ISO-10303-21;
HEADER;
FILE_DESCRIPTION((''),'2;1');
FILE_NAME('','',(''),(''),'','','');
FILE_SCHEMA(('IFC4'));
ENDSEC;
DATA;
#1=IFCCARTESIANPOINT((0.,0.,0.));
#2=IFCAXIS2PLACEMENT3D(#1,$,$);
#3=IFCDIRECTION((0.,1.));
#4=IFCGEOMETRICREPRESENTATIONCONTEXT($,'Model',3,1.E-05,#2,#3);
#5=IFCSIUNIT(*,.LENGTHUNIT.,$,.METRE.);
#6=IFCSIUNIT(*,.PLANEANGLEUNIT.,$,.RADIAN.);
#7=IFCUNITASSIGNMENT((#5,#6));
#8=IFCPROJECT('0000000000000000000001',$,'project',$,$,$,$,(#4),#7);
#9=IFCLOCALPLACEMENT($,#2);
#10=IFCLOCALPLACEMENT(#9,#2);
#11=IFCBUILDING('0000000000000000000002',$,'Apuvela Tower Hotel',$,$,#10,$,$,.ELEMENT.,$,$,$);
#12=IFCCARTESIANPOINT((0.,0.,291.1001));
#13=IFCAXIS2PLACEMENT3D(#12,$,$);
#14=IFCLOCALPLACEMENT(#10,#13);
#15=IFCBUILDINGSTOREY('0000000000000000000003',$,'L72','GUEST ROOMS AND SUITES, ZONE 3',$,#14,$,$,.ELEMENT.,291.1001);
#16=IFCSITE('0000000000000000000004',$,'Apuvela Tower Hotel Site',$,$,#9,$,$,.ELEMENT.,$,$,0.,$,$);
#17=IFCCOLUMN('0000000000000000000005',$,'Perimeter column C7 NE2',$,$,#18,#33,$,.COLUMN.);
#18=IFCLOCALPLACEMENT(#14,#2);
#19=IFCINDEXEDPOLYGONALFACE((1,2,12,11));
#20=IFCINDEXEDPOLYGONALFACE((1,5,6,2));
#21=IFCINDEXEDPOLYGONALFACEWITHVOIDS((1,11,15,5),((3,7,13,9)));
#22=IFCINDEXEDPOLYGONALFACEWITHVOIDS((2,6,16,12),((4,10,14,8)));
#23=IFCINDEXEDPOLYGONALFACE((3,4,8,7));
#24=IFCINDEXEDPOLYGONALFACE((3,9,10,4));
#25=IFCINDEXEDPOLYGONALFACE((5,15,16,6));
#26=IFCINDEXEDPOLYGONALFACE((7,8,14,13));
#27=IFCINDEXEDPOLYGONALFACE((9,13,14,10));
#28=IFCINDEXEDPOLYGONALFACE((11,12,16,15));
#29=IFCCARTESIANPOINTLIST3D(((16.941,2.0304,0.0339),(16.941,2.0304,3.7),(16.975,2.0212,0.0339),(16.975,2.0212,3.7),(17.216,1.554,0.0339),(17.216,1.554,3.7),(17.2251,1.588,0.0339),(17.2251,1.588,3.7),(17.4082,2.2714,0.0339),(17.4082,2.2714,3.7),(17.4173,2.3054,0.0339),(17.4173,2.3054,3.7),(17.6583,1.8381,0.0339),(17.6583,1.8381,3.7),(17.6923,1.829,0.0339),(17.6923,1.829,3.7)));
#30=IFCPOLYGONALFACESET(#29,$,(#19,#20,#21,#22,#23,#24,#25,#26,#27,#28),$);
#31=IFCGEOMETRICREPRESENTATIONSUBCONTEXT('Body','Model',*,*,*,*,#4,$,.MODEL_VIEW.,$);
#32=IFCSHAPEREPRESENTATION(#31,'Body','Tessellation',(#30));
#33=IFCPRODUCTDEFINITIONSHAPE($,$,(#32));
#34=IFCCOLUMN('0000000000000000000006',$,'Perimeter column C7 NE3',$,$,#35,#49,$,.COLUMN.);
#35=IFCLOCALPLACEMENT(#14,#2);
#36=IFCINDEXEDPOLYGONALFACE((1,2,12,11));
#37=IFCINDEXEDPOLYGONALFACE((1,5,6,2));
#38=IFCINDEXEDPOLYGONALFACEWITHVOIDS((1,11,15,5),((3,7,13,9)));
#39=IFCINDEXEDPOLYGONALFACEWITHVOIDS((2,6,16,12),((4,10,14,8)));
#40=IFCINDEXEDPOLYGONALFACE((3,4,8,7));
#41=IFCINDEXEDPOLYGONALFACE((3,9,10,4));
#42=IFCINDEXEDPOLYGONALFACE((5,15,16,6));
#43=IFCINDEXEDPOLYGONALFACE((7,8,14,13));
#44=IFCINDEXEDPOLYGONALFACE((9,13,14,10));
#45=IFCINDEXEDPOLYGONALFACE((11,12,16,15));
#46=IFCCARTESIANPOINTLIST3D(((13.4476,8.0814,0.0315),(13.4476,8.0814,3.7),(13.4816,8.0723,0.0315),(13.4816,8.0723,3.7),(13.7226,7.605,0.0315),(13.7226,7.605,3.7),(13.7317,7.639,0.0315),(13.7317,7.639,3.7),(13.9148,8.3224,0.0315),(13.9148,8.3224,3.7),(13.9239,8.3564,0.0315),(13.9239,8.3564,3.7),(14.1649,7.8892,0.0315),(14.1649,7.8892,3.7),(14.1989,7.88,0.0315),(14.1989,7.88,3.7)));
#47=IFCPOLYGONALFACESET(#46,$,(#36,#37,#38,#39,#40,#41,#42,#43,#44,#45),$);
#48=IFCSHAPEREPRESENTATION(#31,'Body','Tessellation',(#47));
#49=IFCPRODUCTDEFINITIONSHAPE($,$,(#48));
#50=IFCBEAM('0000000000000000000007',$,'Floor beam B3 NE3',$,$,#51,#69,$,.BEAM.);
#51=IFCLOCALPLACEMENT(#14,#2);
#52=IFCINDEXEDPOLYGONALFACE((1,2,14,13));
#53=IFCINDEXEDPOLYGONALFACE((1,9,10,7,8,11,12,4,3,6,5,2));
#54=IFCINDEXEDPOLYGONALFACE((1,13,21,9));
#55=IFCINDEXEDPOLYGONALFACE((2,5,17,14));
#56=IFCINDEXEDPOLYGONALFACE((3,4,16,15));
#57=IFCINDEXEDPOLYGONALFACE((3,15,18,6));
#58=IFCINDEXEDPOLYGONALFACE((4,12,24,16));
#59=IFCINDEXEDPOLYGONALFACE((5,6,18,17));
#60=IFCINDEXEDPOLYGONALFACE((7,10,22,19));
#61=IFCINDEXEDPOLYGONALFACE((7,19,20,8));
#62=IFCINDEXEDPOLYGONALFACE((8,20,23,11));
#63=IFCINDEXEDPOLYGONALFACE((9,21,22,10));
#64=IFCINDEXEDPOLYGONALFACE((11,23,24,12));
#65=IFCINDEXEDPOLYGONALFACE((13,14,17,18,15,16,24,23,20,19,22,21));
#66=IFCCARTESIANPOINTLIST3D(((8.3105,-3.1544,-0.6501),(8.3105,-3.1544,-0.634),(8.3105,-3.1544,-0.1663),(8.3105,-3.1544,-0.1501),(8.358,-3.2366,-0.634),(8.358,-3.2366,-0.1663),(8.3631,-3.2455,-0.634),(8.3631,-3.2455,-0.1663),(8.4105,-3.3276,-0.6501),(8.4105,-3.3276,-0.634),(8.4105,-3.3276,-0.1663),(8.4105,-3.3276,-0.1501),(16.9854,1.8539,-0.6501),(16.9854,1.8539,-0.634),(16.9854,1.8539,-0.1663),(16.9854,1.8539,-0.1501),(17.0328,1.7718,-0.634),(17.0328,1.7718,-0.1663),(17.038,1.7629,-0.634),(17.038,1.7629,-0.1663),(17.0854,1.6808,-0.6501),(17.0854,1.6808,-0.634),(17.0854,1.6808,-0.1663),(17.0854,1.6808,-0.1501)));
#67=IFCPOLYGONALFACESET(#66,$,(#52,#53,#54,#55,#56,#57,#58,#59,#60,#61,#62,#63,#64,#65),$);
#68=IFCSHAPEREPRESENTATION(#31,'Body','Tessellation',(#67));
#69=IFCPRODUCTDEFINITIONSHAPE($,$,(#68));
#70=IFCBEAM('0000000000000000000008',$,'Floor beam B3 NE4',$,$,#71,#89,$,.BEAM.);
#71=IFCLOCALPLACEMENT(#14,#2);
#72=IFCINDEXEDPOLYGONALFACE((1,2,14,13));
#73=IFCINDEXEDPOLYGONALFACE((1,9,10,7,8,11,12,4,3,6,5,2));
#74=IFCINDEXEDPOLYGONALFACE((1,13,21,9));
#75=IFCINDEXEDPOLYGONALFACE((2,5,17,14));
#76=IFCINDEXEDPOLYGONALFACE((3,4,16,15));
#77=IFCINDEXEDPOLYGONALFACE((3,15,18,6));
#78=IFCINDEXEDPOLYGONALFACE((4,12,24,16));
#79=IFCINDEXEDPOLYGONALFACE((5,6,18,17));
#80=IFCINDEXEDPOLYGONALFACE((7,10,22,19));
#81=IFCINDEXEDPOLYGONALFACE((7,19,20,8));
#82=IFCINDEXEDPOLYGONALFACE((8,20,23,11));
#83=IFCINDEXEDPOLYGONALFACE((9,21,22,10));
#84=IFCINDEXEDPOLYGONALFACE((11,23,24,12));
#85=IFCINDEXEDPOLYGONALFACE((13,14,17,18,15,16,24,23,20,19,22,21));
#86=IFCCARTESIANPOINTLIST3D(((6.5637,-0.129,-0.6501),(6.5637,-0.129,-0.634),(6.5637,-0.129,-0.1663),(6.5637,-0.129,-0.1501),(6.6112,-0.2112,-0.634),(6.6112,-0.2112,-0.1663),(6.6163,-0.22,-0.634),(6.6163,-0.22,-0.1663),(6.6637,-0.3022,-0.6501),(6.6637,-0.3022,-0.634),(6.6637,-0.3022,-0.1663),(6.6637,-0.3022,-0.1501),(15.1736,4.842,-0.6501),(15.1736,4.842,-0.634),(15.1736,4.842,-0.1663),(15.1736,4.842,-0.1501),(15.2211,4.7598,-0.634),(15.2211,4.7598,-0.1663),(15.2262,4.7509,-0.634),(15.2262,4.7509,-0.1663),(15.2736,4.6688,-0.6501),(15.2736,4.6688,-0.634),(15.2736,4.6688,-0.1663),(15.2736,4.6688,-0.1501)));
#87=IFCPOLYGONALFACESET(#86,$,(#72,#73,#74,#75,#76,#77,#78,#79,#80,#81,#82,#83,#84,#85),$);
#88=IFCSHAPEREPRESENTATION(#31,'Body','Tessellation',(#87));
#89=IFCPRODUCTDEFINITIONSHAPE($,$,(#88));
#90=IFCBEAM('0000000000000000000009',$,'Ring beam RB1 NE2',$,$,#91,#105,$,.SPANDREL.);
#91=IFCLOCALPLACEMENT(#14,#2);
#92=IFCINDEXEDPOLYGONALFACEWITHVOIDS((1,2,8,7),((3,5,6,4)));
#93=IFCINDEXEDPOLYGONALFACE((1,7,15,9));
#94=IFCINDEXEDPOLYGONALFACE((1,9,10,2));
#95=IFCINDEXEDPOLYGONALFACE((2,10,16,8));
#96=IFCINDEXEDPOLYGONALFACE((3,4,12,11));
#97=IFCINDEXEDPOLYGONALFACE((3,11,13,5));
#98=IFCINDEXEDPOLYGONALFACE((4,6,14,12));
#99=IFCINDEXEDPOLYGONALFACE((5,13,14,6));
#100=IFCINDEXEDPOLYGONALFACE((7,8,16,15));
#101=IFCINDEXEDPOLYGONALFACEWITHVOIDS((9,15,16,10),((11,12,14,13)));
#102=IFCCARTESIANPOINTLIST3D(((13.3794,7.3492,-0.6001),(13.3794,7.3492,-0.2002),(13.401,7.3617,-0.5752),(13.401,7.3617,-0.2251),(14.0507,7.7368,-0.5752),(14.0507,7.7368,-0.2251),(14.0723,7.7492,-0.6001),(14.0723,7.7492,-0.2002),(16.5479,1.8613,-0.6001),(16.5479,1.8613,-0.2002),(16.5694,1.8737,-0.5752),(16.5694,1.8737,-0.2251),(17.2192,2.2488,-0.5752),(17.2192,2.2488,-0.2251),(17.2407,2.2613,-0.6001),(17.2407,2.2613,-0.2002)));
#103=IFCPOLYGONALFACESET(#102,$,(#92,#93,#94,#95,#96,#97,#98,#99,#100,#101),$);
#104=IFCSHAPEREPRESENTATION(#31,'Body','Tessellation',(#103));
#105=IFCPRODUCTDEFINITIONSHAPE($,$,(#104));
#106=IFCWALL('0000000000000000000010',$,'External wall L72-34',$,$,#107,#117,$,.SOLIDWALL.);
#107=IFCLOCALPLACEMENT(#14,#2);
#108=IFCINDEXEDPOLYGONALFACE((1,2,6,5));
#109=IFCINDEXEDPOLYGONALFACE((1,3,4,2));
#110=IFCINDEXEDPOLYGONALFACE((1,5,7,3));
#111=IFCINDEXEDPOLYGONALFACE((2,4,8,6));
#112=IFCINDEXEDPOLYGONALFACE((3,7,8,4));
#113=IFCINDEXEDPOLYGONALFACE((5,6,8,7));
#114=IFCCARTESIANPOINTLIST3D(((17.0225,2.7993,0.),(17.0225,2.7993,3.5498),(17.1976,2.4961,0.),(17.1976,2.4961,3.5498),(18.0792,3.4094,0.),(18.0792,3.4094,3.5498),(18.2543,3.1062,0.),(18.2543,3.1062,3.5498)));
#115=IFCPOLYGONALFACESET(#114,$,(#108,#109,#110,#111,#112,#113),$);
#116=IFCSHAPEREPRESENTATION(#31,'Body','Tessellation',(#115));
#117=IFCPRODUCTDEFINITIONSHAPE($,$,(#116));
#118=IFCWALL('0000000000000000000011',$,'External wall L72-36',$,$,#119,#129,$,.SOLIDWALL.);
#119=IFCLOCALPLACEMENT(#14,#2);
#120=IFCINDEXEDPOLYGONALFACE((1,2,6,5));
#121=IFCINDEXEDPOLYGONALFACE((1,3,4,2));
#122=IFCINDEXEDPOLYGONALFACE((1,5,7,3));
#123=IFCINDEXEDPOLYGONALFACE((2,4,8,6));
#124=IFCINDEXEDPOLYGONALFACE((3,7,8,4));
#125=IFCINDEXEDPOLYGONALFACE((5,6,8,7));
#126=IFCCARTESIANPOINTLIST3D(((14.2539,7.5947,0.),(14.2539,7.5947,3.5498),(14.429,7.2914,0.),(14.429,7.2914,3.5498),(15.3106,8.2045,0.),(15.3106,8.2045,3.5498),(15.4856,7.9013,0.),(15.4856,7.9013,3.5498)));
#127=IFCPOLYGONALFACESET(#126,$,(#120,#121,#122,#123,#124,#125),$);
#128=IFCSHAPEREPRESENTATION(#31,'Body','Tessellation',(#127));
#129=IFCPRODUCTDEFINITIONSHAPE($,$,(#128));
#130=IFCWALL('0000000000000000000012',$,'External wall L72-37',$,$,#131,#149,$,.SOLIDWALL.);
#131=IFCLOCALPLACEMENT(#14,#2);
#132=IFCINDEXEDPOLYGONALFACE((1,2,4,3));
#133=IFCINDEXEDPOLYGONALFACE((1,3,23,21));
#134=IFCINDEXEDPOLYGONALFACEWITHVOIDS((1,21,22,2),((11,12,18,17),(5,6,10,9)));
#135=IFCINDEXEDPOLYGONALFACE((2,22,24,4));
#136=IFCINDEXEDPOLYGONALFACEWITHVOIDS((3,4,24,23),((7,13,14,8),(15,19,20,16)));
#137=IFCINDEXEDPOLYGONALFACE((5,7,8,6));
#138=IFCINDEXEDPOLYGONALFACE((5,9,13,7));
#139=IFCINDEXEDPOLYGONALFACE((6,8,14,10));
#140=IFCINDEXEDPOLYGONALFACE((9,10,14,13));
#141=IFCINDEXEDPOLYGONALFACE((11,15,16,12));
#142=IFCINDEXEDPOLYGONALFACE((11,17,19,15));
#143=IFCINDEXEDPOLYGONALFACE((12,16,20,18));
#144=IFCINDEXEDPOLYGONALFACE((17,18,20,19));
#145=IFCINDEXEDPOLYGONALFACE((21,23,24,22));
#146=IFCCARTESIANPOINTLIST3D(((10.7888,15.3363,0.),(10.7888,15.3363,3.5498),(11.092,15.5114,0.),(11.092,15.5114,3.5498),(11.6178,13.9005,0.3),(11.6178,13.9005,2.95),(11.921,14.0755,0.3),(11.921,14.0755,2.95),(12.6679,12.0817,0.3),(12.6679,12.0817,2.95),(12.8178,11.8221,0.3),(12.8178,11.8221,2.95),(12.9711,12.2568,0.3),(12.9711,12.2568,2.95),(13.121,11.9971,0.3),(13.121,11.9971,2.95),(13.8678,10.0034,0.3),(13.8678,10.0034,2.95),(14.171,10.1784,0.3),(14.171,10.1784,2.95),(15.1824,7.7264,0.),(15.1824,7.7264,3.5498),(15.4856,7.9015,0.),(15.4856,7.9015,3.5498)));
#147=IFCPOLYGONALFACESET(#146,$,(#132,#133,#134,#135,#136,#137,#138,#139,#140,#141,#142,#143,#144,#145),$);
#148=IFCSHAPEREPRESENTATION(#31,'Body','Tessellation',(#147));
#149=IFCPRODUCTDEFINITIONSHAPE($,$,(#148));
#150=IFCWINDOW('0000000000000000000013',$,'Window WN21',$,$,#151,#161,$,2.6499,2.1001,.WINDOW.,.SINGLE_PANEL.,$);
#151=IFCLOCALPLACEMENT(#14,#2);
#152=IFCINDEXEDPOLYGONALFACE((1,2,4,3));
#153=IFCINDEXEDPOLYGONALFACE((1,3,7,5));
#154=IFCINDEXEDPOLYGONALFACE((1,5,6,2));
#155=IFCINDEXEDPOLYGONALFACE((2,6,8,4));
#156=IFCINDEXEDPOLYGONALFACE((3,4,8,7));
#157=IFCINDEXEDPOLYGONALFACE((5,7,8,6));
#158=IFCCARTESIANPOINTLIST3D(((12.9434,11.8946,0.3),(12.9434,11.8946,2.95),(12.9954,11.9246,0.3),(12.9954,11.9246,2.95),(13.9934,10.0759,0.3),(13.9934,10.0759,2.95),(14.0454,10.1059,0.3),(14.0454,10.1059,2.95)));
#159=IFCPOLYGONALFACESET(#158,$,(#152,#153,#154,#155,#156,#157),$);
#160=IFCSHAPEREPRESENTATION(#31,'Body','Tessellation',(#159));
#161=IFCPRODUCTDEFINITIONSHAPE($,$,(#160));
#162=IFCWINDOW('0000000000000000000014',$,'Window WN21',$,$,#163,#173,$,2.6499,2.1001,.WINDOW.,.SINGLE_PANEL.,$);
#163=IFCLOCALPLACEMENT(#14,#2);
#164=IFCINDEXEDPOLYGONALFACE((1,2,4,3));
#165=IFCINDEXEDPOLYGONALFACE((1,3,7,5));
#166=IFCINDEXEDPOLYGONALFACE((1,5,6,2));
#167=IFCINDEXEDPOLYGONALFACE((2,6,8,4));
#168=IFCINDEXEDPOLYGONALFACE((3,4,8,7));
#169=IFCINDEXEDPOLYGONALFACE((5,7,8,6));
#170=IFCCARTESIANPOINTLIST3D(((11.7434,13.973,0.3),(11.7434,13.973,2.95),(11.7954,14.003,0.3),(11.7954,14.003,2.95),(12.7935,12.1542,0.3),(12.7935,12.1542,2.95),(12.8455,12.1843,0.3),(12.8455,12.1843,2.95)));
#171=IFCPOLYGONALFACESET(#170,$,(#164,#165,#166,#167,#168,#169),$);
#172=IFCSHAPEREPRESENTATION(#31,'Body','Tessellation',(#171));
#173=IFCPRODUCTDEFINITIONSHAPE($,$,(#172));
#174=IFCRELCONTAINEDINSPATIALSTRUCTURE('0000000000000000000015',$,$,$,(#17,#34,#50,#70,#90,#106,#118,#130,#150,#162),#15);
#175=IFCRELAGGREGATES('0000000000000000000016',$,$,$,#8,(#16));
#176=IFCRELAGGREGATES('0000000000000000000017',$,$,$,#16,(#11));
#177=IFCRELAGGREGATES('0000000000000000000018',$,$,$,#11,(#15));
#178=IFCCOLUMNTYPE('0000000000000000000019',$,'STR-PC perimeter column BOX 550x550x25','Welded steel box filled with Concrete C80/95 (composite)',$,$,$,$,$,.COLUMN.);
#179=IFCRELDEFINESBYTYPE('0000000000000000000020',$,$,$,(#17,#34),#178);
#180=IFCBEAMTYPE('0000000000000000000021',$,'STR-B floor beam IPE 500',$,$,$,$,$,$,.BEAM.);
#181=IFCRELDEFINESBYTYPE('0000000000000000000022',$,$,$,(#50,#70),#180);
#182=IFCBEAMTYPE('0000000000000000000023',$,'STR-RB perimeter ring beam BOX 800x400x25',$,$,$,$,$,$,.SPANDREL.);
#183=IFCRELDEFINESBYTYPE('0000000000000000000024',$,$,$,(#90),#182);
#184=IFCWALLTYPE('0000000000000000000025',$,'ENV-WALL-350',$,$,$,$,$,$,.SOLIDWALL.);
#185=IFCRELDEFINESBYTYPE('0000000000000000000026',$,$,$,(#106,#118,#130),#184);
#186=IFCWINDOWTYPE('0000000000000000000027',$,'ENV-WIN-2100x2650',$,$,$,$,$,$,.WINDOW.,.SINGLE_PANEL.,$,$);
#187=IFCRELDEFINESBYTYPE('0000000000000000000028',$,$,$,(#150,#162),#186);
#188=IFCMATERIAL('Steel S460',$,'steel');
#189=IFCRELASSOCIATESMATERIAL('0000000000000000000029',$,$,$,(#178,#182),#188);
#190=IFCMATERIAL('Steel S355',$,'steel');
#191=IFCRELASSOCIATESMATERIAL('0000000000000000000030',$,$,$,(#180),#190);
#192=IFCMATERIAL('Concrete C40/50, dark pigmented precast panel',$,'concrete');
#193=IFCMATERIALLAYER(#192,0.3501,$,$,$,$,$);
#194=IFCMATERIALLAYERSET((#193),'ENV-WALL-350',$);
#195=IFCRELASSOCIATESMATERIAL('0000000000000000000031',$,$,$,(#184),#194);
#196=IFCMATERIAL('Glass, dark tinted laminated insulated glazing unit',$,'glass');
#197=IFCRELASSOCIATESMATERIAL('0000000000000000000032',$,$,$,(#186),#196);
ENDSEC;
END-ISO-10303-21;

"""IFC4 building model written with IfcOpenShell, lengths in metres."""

from ifc_helpers import new_model, si_unit, direction, frame, frame_2d, origin, origin_2d, place, context, subcontext, project, spatial, rectangle, hollow_rectangle, i_section, extrude, boolean, halfspace, material, layer, layer_set, material_profile, profile_set, type_object, element, fill, save


model = new_model("IFC4")

# Units and contexts
model_context = context("Model", 3, precision=1e-05, world=origin(), true_north=direction((0.0, 1.0)))
body_context = subcontext(model_context, "Body", "Model", "MODEL_VIEW")
ifc_project = project(units=[si_unit("LENGTHUNIT", "METRE"), si_unit("PLANEANGLEUNIT", "RADIAN")], contexts=[model_context])

# Site, building, storey
site_placement = place(None, origin())
site = spatial("IfcSite", under=ifc_project, at=site_placement, Name="Apuvela Tower Hotel Site", CompositionType="ELEMENT", RefElevation=0.0)
building_placement = place(site_placement, origin())
building = spatial("IfcBuilding", under=site, at=building_placement, Name="Apuvela Tower Hotel", CompositionType="ELEMENT")
storey_placement = place(building_placement, frame((0.0, 0.0, 291.1001)))
storey = spatial("IfcBuildingStorey", under=building, at=storey_placement, Name="L72", Description="GUEST ROOMS AND SUITES, ZONE 3", CompositionType="ELEMENT", Elevation=291.1001)

# Columns
ifc_material_1 = material(Name="Steel S460", Category="steel")
ifc_material_profile_1 = material_profile(ifc_material_1, hollow_rectangle(XDim=0.55, YDim=0.55, WallThickness=0.0249, at=origin_2d()), Name="BOX 550x550x25")
ifc_material_2 = material(Name="Concrete C80/95", Category="concrete")
ifc_material_profile_2 = material_profile(ifc_material_2, rectangle(XDim=0.5, YDim=0.5, at=origin_2d()), Name="Concrete C80/95 infill")
ifc_profile_set_1 = profile_set([ifc_material_profile_1, ifc_material_profile_2], Name="Steel S460")
column_type = type_object("IfcColumnType", Name="STR-PC perimeter column BOX 550x550x25", Description="Welded steel box filled with Concrete C80/95 (composite)", PredefinedType="COLUMN", material=ifc_profile_set_1)
column_1_placement = place(storey_placement, frame((17.3167, 1.9297, 0.0), z_axis=(0.0, 0.0, 1.0), x_axis=(-0.5, 0.866025, 0.0)))
element("IfcColumn", 1, at=column_1_placement, inside=storey, type_object=column_type, Name="Perimeter column C7 NE2", PredefinedType="COLUMN", context=body_context, shape_type="SweptSolid", body=[
    boolean("DIFFERENCE", extrude(hollow_rectangle(XDim=0.55, YDim=0.55, WallThickness=0.0249, at=origin_2d()), origin(), (0.0, 0.0, 1.0), 3.7), halfspace(frame((0.0, 0.0, 0.0339), z_axis=(0.0, 0.0, 1.0), x_axis=(1.0, 0.0, 0.0)), True)),
])
column_2_placement = place(storey_placement, frame((13.8232, 7.9807, 0.0), z_axis=(0.0, 0.0, 1.0), x_axis=(-0.5, 0.866025, 0.0)))
element("IfcColumn", 2, at=column_2_placement, inside=storey, type_object=column_type, Name="Perimeter column C7 NE3", PredefinedType="COLUMN", context=body_context, shape_type="SweptSolid", body=[
    boolean("DIFFERENCE", extrude(hollow_rectangle(XDim=0.55, YDim=0.55, WallThickness=0.0249, at=origin_2d()), origin(), (0.0, 0.0, 1.0), 3.7), halfspace(frame((0.0, 0.0, 0.0315), z_axis=(0.0, 0.0, 1.0), x_axis=(1.0, 0.0, 0.0)), True)),
])

# Beams
ifc_material_3 = material(Name="Steel S355", Category="steel")
ifc_material_profile_3 = material_profile(ifc_material_3, i_section(OverallWidth=0.2, OverallDepth=0.5, WebThickness=0.0103, FlangeThickness=0.0161, at=origin_2d()), Name="IPE 500")
ifc_profile_set_2 = profile_set([ifc_material_profile_3], Name="Steel S355")
beam_type_1 = type_object("IfcBeamType", Name="STR-B floor beam IPE 500", PredefinedType="BEAM", material=ifc_profile_set_2)
beam_1_placement = place(storey_placement, frame((17.0354, 1.7673, -0.4001), z_axis=(-0.86603, -0.499993, 0.0), x_axis=(0.499993, -0.86603, 0.0)))
element("IfcBeam", 3, at=beam_1_placement, inside=storey, type_object=beam_type_1, Name="Floor beam B3 NE3", PredefinedType="BEAM", context=body_context, shape_type="SweptSolid", body=[
    extrude(i_section(OverallWidth=0.2, OverallDepth=0.5, WebThickness=0.0103, FlangeThickness=0.0161, at=origin_2d()), origin(), (0.0, 0.0, 1.0), 10.0168),
])
beam_2_placement = place(storey_placement, frame((15.2236, 4.7554, -0.4001), z_axis=(-0.866024, -0.500003, 0.0), x_axis=(0.500003, -0.866024, 0.0)))
element("IfcBeam", 4, at=beam_2_placement, inside=storey, type_object=beam_type_1, Name="Floor beam B3 NE4", PredefinedType="BEAM", context=body_context, shape_type="SweptSolid", body=[
    extrude(i_section(OverallWidth=0.2, OverallDepth=0.5, WebThickness=0.0103, FlangeThickness=0.0161, at=origin_2d()), origin(), (0.0, 0.0, 1.0), 9.9419),
])
ifc_material_profile_4 = material_profile(ifc_material_1, hollow_rectangle(XDim=0.8, YDim=0.3999, WallThickness=0.0249, at=origin_2d()), Name="BOX 800x400x25")
ifc_profile_set_3 = profile_set([ifc_material_profile_4], Name="Steel S460")
beam_type_2 = type_object("IfcBeamType", Name="STR-RB perimeter ring beam BOX 800x400x25", PredefinedType="SPANDREL", material=ifc_profile_set_3)
beam_3_placement = place(storey_placement, frame((16.8943, 2.0613, -0.4001), z_axis=(-0.499993, 0.86603, 0.0), x_axis=(-0.86603, -0.499993, 0.0)))
element("IfcBeam", 5, at=beam_3_placement, inside=storey, type_object=beam_type_2, Name="Ring beam RB1 NE2", PredefinedType="SPANDREL", context=body_context, shape_type="SweptSolid", body=[
    extrude(hollow_rectangle(XDim=0.8, YDim=0.3999, WallThickness=0.0249, at=origin_2d()), origin(), (0.0, 0.0, 1.0), 6.3369),
])

# Wall
ifc_material_4 = material(Name="Concrete C40/50, dark pigmented precast panel", Category="concrete")
ifc_layer_1 = layer(ifc_material_4, 0.3501)
ifc_layer_set_1 = layer_set([ifc_layer_1], Name="ENV-WALL-350")
wall_type_1 = type_object("IfcWallType", Name="ENV-WALL-350", PredefinedType="SOLIDWALL", material=ifc_layer_set_1)
wall_1_placement = place(storey_placement, frame((18.1667, 3.2578, 0.0), z_axis=(0.0, 0.0, 1.0), x_axis=(-0.866006, -0.500034, 0.0)))
element("IfcWall", 6, at=wall_1_placement, inside=storey, type_object=wall_type_1, Name="External wall L72-34", PredefinedType="SOLIDWALL", context=body_context, shape_type="SweptSolid", body=[
    extrude(rectangle(XDim=1.2202, YDim=0.3501, at=frame_2d((0.6101, 0.0))), origin(), (0.0, 0.0, 1.0), 3.5498),
])

# Shared definitions
ifc_material_5 = material(Name="Glass, dark tinted laminated insulated glazing unit", Category="glass")

# Wall
wall_2_placement = place(storey_placement, frame((14.3416, 7.4431, 0.0), z_axis=(0.0, 0.0, 1.0), x_axis=(0.866092, 0.499884, 0.0)))
element("IfcWall", 7, at=wall_2_placement, inside=storey, type_object=wall_type_1, Name="External wall L72-36", PredefinedType="SOLIDWALL", context=body_context, shape_type="SweptSolid", body=[
    extrude(rectangle(XDim=1.22, YDim=0.3501, at=frame_2d((0.6099, 0.0))), origin(), (0.0, 0.0, 1.0), 3.5498),
])

# Wall, openings, windows
wall_3_placement = place(storey_placement, frame((15.334, 7.814, 0.0), z_axis=(0.0, 0.0, 1.0), x_axis=(-0.5, 0.866025, 0.0)))
wall_3 = element("IfcWall", 8, at=wall_3_placement, inside=storey, type_object=wall_type_1, Name="External wall L72-37", PredefinedType="SOLIDWALL", context=body_context, shape_type="SweptSolid", body=[
    extrude(rectangle(XDim=8.7871, YDim=0.3501, at=frame_2d((4.3936, 0.0))), origin(), (0.0, 0.0, 1.0), 3.5498),
])
opening_1_placement = place(wall_3_placement, frame((2.6292, 0.0, 0.3)))
opening_1 = element("IfcOpeningElement", 9, at=opening_1_placement, cuts=wall_3, PredefinedType="OPENING", context=body_context, shape_type="SweptSolid", body=[
    extrude(rectangle(XDim=2.1001, YDim=2.6499, at=frame_2d((1.05, 1.325))), frame((0.0, 0.1851, 0.0), z_axis=(0.0, -1.0, 0.0), x_axis=(1.0, 0.0, 0.0)), (0.0, 0.0, 1.0), 0.3701),
])
opening_2_placement = place(wall_3_placement, frame((5.0291, 0.0, 0.3)))
opening_2 = element("IfcOpeningElement", 10, at=opening_2_placement, cuts=wall_3, PredefinedType="OPENING", context=body_context, shape_type="SweptSolid", body=[
    extrude(rectangle(XDim=2.1001, YDim=2.6499, at=frame_2d((1.05, 1.325))), frame((0.0, 0.1851, 0.0), z_axis=(0.0, -1.0, 0.0), x_axis=(1.0, 0.0, 0.0)), (0.0, 0.0, 1.0), 0.3701),
])
window_type_1 = type_object("IfcWindowType", Name="ENV-WIN-2100x2650", PartitioningType="SINGLE_PANEL", PredefinedType="WINDOW", material=ifc_material_5)
window_1_placement = place(opening_1_placement, origin())
window_1 = element("IfcWindow", 11, at=window_1_placement, inside=storey, type_object=window_type_1, Name="Window WN21", OverallHeight=2.6499, OverallWidth=2.1001, PartitioningType="SINGLE_PANEL", PredefinedType="WINDOW", context=body_context, shape_type="SweptSolid", body=[
    extrude(rectangle(XDim=2.1001, YDim=2.6499, at=frame_2d((1.05, 1.325))), frame((0.0, 0.03, 0.0), z_axis=(0.0, -1.0, 0.0), x_axis=(1.0, 0.0, 0.0)), (0.0, 0.0, 1.0), 0.0601),
])
fill(opening_1, window_1)
window_2_placement = place(opening_2_placement, origin())
window_2 = element("IfcWindow", 12, at=window_2_placement, inside=storey, type_object=window_type_1, Name="Window WN21", OverallHeight=2.6499, OverallWidth=2.1001, PartitioningType="SINGLE_PANEL", PredefinedType="WINDOW", context=body_context, shape_type="SweptSolid", body=[
    extrude(rectangle(XDim=2.1001, YDim=2.6499, at=frame_2d((1.05, 1.325))), frame((0.0, 0.03, 0.0), z_axis=(0.0, -1.0, 0.0), x_axis=(1.0, 0.0, 0.0)), (0.0, 0.0, 1.0), 0.0601),
])
fill(opening_2, window_2)

save(model, "model.ifc")
